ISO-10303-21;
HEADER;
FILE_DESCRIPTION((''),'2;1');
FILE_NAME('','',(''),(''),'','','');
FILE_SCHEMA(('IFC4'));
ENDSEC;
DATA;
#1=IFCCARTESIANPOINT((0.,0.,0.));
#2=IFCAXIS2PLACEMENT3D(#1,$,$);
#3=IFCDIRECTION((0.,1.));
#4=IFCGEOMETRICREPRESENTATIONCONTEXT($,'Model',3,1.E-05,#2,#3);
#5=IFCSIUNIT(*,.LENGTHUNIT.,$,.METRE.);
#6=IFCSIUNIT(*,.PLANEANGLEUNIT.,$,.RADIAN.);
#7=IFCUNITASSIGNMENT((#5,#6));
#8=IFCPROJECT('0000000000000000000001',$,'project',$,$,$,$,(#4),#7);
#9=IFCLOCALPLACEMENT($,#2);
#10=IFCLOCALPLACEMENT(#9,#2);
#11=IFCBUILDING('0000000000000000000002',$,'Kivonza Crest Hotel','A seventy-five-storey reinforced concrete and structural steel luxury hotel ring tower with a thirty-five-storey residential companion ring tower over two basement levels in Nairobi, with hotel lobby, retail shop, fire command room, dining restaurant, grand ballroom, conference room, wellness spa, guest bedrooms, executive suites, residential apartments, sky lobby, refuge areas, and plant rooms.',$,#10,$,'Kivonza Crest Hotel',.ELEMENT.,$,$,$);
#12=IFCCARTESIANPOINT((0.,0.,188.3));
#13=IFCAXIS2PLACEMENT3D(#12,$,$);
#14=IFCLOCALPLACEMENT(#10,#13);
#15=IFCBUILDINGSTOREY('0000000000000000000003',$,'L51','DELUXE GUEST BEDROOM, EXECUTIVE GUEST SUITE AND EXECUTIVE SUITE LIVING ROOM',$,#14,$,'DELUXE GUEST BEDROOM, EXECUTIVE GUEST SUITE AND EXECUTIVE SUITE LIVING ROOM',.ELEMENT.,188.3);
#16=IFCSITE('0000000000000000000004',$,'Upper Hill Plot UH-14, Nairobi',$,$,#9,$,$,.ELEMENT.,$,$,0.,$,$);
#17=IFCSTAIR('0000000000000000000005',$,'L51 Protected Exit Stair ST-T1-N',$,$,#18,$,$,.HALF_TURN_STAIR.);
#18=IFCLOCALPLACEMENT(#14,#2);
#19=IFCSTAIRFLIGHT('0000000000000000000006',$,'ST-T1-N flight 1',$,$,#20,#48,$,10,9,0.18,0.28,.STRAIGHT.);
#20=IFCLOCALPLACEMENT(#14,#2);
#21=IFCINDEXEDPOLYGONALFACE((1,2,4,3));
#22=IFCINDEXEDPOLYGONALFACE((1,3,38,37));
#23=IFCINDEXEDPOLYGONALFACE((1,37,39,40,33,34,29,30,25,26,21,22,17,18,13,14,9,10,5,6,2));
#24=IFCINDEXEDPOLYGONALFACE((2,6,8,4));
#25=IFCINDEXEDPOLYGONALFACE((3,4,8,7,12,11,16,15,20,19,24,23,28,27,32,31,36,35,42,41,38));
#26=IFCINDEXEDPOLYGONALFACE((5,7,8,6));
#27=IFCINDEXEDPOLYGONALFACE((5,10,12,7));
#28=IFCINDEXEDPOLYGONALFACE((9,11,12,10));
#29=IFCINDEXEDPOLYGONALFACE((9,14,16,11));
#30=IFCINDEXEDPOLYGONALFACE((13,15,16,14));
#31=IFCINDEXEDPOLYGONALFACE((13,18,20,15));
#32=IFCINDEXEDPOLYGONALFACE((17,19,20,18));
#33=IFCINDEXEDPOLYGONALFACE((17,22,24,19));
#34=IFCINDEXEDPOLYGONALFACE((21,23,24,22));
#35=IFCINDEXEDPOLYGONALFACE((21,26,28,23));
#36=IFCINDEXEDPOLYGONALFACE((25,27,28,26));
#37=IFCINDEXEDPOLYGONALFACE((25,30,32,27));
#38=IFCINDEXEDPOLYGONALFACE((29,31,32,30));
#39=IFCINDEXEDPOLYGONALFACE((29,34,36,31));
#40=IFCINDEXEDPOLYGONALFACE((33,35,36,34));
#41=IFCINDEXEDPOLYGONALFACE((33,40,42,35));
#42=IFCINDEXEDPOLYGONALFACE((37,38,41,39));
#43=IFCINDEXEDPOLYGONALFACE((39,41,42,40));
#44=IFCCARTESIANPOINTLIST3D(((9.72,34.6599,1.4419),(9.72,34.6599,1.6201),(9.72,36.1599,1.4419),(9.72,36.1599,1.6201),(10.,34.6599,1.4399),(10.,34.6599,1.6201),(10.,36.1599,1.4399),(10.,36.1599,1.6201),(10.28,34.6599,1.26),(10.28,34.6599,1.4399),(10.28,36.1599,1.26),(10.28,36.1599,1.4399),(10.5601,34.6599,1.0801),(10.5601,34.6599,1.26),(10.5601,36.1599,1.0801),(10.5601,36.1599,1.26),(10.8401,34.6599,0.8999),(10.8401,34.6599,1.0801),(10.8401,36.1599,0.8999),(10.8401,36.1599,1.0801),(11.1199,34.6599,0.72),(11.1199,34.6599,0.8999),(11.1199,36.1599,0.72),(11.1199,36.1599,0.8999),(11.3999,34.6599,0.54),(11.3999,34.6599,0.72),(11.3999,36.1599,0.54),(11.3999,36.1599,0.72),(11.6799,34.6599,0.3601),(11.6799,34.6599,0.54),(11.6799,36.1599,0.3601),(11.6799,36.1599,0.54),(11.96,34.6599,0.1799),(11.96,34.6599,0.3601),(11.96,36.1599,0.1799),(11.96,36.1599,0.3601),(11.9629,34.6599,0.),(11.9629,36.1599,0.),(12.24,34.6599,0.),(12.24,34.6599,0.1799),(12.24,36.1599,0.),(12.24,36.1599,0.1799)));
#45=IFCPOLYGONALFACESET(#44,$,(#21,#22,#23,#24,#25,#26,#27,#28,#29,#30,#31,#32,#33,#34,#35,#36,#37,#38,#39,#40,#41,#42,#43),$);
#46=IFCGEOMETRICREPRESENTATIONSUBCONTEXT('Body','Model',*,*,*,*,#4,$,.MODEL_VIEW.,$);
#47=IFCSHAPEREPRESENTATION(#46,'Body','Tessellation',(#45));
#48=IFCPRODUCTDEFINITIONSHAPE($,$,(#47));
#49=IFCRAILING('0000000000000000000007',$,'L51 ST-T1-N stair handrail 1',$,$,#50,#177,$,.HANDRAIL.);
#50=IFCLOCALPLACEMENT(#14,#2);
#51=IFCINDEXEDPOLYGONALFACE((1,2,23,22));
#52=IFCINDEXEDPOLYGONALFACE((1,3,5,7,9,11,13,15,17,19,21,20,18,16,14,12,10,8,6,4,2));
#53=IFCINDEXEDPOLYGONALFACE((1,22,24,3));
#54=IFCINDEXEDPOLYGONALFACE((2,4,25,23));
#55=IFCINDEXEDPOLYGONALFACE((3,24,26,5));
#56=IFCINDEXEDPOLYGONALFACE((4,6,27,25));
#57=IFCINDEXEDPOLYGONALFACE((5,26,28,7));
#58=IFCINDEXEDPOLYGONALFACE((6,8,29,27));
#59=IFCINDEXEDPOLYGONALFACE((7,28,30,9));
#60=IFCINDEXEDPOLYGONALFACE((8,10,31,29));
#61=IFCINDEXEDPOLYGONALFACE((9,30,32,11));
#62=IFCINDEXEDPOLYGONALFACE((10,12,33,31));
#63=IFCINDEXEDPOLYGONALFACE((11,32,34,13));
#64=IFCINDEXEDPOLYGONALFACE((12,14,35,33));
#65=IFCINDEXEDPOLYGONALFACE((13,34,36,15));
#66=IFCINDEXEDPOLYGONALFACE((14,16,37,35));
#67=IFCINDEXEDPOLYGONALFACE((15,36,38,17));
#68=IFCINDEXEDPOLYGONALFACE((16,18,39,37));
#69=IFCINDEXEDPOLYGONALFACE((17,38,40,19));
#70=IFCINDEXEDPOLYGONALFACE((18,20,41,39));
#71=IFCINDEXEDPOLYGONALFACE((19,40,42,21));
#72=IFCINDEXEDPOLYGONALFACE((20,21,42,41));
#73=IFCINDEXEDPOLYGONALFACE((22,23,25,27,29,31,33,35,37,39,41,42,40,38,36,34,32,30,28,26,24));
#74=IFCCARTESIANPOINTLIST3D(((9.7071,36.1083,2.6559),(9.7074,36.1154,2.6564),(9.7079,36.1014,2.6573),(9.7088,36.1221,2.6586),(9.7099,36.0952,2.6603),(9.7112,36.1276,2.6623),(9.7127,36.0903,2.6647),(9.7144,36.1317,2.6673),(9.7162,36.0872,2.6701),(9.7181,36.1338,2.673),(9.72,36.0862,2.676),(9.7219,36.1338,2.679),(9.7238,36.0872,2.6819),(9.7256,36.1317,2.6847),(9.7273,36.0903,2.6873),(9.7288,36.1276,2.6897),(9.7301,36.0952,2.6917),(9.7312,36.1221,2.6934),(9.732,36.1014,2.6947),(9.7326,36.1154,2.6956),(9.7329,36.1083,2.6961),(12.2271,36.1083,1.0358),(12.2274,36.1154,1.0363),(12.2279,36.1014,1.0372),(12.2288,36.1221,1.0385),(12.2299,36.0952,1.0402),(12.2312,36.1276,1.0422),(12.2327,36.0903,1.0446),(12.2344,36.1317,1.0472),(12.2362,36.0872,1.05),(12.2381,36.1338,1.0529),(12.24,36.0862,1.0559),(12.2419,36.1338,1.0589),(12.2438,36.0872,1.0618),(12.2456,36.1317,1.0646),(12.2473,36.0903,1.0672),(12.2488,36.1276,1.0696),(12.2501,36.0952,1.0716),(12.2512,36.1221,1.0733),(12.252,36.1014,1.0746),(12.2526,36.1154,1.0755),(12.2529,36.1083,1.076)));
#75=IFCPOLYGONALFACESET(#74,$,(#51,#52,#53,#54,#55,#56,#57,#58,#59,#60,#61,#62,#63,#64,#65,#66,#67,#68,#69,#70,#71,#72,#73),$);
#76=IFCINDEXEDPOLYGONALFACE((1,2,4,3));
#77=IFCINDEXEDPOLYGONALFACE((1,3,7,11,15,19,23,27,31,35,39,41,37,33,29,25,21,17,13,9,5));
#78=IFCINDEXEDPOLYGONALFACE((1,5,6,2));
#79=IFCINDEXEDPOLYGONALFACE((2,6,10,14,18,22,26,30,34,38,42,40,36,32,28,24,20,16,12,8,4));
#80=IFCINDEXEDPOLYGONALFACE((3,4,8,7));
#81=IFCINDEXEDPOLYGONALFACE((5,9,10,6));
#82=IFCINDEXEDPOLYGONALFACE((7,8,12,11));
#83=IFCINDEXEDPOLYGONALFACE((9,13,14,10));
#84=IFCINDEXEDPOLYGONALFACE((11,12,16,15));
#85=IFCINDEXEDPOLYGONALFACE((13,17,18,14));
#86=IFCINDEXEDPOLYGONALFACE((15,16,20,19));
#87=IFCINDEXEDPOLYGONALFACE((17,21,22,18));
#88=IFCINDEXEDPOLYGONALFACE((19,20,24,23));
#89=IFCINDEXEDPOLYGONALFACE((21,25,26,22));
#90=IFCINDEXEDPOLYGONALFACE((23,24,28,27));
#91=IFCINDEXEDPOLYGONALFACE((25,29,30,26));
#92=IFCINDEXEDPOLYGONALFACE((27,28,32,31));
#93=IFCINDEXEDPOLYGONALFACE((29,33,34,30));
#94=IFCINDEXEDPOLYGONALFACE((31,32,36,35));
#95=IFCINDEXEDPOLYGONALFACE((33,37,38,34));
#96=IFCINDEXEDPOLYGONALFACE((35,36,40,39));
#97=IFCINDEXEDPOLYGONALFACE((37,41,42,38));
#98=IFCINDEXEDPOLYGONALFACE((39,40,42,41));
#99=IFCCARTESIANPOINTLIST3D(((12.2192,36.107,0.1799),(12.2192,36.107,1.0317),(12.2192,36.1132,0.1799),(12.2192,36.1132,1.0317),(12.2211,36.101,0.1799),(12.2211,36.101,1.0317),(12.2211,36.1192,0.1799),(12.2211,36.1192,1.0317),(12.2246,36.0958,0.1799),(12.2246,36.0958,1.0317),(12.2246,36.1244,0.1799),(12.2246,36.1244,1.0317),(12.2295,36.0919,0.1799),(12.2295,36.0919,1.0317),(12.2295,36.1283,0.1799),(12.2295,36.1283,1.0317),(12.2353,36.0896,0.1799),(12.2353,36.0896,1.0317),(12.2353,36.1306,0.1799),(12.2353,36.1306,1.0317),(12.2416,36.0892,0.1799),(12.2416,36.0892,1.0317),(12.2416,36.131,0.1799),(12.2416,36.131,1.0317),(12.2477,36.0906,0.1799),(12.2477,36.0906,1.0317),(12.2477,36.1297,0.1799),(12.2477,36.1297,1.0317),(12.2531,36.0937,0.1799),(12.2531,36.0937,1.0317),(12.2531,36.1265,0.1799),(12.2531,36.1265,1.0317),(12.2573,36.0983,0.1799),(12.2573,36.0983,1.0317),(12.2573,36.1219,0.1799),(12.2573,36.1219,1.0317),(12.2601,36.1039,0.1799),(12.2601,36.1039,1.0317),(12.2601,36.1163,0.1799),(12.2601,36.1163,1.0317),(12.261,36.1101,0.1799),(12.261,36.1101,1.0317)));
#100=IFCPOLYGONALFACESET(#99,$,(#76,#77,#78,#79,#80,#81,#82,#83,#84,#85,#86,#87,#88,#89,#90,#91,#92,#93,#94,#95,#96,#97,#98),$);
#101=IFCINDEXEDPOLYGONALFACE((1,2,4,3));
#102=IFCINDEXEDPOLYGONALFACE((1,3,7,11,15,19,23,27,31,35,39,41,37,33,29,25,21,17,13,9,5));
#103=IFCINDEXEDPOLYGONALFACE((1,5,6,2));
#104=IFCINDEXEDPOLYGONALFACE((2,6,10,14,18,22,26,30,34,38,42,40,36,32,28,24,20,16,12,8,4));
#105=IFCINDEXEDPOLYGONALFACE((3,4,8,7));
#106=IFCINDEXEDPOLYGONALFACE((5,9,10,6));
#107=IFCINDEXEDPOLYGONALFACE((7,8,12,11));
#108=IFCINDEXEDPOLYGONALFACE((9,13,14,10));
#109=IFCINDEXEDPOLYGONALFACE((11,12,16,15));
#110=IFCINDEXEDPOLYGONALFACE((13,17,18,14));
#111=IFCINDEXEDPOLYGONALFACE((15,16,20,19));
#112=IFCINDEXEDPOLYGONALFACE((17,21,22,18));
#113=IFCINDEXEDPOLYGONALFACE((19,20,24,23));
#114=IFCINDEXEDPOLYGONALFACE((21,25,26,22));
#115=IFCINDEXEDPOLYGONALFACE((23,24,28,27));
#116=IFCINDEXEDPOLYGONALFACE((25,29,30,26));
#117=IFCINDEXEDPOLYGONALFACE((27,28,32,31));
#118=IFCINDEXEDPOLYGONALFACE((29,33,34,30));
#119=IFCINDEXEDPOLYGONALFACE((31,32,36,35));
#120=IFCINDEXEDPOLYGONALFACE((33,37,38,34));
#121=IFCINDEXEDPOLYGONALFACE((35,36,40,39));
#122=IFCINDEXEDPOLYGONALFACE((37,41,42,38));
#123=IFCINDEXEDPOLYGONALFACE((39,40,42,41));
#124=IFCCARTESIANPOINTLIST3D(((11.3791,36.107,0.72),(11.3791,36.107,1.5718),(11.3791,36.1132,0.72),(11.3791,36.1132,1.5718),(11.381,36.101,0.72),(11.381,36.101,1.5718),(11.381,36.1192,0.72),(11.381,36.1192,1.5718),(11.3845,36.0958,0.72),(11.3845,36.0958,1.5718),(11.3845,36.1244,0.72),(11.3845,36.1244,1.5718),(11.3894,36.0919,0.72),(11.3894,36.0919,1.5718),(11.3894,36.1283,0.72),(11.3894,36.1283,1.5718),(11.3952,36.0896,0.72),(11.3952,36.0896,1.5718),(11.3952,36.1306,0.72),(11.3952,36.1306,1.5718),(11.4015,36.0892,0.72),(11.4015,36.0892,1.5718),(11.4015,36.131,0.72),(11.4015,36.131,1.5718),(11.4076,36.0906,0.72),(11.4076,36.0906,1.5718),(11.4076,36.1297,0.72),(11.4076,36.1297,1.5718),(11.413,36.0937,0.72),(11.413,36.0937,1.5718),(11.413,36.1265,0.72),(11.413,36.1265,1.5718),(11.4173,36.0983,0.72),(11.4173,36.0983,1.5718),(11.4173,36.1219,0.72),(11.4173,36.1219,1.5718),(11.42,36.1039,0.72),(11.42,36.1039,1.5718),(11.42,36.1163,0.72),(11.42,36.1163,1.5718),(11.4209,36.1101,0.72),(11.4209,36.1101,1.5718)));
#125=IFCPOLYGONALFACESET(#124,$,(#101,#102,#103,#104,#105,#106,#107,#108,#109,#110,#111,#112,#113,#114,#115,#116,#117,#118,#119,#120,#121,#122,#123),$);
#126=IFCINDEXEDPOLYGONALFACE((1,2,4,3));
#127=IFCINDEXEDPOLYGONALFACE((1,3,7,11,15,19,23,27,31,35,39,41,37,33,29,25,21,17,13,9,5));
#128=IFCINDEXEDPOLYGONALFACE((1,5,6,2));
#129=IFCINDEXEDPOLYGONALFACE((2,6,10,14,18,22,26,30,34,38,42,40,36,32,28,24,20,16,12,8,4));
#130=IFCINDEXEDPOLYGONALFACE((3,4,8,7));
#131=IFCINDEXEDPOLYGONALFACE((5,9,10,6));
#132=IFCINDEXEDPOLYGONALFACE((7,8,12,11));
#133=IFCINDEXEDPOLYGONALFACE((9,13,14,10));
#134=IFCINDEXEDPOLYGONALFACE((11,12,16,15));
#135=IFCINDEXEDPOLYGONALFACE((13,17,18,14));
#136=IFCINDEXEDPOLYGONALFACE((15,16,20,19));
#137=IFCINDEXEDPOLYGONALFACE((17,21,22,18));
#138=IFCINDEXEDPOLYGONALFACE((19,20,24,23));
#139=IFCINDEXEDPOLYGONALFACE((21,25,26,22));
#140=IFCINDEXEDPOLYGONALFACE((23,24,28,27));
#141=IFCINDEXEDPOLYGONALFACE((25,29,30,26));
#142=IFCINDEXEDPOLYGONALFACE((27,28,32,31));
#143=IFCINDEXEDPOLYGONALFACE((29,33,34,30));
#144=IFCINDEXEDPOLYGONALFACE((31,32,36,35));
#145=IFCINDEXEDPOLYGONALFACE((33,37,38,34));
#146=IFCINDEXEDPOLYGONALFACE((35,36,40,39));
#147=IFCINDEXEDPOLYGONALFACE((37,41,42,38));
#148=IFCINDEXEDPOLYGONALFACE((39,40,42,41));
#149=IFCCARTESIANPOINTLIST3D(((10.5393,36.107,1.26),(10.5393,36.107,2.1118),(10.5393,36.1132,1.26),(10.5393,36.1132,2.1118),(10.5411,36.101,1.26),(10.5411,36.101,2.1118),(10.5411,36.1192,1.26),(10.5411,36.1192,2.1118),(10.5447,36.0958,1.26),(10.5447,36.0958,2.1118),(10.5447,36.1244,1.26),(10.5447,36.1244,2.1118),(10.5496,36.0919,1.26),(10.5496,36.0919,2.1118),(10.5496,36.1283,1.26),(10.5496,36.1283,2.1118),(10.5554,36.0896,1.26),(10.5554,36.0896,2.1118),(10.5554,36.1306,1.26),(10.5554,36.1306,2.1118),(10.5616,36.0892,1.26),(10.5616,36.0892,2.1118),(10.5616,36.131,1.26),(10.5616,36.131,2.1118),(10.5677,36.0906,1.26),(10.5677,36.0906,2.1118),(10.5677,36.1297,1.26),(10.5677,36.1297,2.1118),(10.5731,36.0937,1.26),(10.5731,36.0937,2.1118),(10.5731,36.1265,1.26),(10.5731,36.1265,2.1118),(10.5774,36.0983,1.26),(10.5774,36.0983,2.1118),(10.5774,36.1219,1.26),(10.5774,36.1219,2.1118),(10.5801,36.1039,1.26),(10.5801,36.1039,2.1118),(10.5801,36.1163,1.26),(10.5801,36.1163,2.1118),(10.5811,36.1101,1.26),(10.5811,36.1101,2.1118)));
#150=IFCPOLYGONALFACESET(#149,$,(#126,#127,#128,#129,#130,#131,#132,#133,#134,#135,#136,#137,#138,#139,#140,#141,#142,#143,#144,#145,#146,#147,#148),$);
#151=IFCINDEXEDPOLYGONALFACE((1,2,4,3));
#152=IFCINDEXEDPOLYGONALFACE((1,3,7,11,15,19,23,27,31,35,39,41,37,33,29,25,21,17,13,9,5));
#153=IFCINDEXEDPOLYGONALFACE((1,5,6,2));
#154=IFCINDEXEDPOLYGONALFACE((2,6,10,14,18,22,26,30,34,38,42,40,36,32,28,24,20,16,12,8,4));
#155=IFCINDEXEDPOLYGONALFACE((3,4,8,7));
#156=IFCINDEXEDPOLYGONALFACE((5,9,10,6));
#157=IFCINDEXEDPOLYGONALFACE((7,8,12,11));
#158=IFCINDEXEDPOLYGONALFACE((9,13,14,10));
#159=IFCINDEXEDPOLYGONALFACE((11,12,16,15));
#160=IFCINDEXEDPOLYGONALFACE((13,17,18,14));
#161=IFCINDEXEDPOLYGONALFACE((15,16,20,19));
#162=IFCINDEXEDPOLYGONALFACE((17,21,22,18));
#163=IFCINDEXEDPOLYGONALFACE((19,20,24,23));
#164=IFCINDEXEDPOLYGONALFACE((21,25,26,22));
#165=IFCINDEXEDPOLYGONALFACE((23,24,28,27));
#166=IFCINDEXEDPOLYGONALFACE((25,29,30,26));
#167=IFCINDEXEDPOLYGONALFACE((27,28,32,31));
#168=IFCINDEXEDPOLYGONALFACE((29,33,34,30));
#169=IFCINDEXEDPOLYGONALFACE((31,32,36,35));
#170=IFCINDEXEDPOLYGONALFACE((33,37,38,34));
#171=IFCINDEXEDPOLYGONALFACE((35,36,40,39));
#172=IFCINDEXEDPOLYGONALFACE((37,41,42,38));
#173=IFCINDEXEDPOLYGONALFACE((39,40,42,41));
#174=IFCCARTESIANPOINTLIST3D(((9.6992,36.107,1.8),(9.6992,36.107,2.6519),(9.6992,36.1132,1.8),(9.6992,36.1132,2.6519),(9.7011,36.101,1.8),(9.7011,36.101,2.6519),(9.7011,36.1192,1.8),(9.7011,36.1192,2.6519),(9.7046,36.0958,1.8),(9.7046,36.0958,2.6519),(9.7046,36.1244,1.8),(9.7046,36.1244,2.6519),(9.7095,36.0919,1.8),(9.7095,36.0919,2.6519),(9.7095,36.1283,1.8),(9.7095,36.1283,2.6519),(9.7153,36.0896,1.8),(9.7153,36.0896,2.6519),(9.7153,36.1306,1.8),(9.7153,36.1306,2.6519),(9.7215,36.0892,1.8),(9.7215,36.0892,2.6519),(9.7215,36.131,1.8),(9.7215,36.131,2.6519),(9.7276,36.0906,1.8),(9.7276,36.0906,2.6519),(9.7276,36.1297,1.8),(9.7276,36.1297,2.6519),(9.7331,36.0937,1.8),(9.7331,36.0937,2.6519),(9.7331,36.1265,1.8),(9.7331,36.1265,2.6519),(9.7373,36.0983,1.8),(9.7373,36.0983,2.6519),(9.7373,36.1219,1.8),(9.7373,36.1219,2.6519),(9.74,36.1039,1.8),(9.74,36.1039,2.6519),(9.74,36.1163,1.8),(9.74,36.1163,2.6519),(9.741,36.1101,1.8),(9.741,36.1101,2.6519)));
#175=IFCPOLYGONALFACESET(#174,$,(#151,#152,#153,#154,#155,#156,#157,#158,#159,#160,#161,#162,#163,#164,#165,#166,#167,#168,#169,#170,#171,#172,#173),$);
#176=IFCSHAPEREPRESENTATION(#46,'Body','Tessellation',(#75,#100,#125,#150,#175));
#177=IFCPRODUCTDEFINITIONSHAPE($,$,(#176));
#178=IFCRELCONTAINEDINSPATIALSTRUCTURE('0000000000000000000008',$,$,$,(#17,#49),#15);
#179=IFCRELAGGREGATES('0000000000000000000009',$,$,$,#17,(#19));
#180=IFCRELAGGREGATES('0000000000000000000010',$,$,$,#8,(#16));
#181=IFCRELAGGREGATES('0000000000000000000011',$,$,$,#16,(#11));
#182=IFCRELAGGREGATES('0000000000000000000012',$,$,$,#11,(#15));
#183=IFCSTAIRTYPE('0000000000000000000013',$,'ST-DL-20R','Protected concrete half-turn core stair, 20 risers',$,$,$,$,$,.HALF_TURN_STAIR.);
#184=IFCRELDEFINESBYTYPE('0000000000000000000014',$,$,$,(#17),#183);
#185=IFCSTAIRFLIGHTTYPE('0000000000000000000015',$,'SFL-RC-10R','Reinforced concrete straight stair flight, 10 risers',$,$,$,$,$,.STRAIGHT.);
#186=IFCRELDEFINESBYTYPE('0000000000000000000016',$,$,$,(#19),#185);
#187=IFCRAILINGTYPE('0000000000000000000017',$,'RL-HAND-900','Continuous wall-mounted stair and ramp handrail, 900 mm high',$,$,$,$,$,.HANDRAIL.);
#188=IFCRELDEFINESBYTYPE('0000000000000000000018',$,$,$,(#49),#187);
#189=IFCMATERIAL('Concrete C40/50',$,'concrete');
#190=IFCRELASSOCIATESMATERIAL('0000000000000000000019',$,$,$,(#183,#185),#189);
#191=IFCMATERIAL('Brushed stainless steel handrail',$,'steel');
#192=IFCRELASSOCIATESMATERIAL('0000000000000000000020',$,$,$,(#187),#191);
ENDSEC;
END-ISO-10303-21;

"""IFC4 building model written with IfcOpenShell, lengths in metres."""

from ifc_helpers import new_model, si_unit, direction, frame, origin, origin_2d, place, context, subcontext, project, spatial, polyline, circle, outline, extrude, material, type_object, element, aggregate, save


model = new_model("IFC4")

# Units and contexts
model_context = context("Model", 3, precision=1e-05, world=origin(), true_north=direction((0.0, 1.0)))
body_context = subcontext(model_context, "Body", "Model", "MODEL_VIEW")
ifc_project = project(units=[si_unit("LENGTHUNIT", "METRE"), si_unit("PLANEANGLEUNIT", "RADIAN")], contexts=[model_context])

# Site, building, storey
site_placement = place(None, origin())
site = spatial("IfcSite", under=ifc_project, at=site_placement, Name="Upper Hill Plot UH-14, Nairobi", CompositionType="ELEMENT", RefElevation=0.0)
building_placement = place(site_placement, origin())
building = spatial("IfcBuilding", under=site, at=building_placement, Name="Kivonza Crest Hotel", Description="A seventy-five-storey reinforced concrete and structural steel luxury hotel ring tower with a thirty-five-storey residential companion ring tower over two basement levels in Nairobi, with hotel lobby, retail shop, fire command room, dining restaurant, grand ballroom, conference room, wellness spa, guest bedrooms, executive suites, residential apartments, sky lobby, refuge areas, and plant rooms.", LongName="Kivonza Crest Hotel", CompositionType="ELEMENT")
storey_placement = place(building_placement, frame((0.0, 0.0, 188.3)))
storey = spatial("IfcBuildingStorey", under=building, at=storey_placement, Name="L51", Description="DELUXE GUEST BEDROOM, EXECUTIVE GUEST SUITE AND EXECUTIVE SUITE LIVING ROOM", LongName="DELUXE GUEST BEDROOM, EXECUTIVE GUEST SUITE AND EXECUTIVE SUITE LIVING ROOM", CompositionType="ELEMENT", Elevation=188.3)

# Stair, stair flight
ifc_material_1 = material(Name="Concrete C40/50", Category="concrete")
stair_type = type_object("IfcStairType", Name="ST-DL-20R", Description="Protected concrete half-turn core stair, 20 risers", PredefinedType="HALF_TURN_STAIR", material=ifc_material_1)
stair_placement = place(storey_placement, origin())
stair = element("IfcStair", 1, at=stair_placement, inside=storey, type_object=stair_type, Name="L51 Protected Exit Stair ST-T1-N", PredefinedType="HALF_TURN_STAIR")
stair_flight_type = type_object("IfcStairFlightType", Name="SFL-RC-10R", Description="Reinforced concrete straight stair flight, 10 risers", PredefinedType="STRAIGHT", material=ifc_material_1)
stair_flight_placement = place(storey_placement, frame((12.24, 35.4099, 0.0), z_axis=(0.0, 0.0, 1.0), x_axis=(-1.0, 0.0, 0.0)))
stair_flight = element("IfcStairFlight", 2, at=stair_flight_placement, type_object=stair_flight_type, Name="ST-T1-N flight 1", NumberOfRisers=10, NumberOfTreads=9, PredefinedType="STRAIGHT", RiserHeight=0.18, TreadLength=0.28, context=body_context, shape_type="SweptSolid", body=[
    extrude(outline(polyline([(0.0, 0.0), (0.0, 0.1799), (0.28, 0.1799), (0.28, 0.3601), (0.5601, 0.3601), (0.5601, 0.54), (0.8401, 0.54), (0.8401, 0.72), (1.1201, 0.72), (1.1201, 0.8999), (1.3999, 0.8999), (1.3999, 1.0801), (1.6799, 1.0801), (1.6799, 1.26), (1.96, 1.26), (1.96, 1.4399), (2.24, 1.4399), (2.24, 1.6201), (2.52, 1.6201), (2.52, 1.8), (2.52, 1.4419), (0.2771, 0.0), (0.0, 0.0)])), frame((0.0, 0.75, 0.0), z_axis=(0.0, -1.0, 0.0), x_axis=(1.0, 0.0, 0.0)), (0.0, 0.0, 1.0), 1.5),
])
aggregate(stair, [stair_flight])

# Railing
ifc_material_2 = material(Name="Brushed stainless steel handrail", Category="steel")
railing_type_1 = type_object("IfcRailingType", Name="RL-HAND-900", Description="Continuous wall-mounted stair and ramp handrail, 900 mm high", PredefinedType="HANDRAIL", material=ifc_material_2)
railing_1_placement = place(storey_placement, frame((12.24, 36.1101, 0.1799)))
element("IfcRailing", 3, at=railing_1_placement, inside=storey, type_object=railing_type_1, Name="L51 ST-T1-N stair handrail 1", PredefinedType="HANDRAIL", context=body_context, shape_type="SweptSolid", body=[
    extrude(circle(Radius=0.0239, at=origin_2d()), frame((0.0, 0.0, 0.876), z_axis=(-0.841163, 0.0, 0.540782), x_axis=(0.0, -1.0, 0.0)), (0.0, 0.0, 1.0), 2.9958),
    extrude(circle(Radius=0.021, at=origin_2d()), origin(), (0.0, 0.0, 1.0), 0.8518),
    extrude(circle(Radius=0.021, at=origin_2d()), frame((-0.8401, 0.0, 0.54)), (0.0, 0.0, 1.0), 0.8518),
    extrude(circle(Radius=0.021, at=origin_2d()), frame((-1.6799, 0.0, 1.0801)), (0.0, 0.0, 1.0), 0.8518),
    extrude(circle(Radius=0.021, at=origin_2d()), frame((-2.52, 0.0, 1.6201)), (0.0, 0.0, 1.0), 0.8518),
])

save(model, "model.ifc")
